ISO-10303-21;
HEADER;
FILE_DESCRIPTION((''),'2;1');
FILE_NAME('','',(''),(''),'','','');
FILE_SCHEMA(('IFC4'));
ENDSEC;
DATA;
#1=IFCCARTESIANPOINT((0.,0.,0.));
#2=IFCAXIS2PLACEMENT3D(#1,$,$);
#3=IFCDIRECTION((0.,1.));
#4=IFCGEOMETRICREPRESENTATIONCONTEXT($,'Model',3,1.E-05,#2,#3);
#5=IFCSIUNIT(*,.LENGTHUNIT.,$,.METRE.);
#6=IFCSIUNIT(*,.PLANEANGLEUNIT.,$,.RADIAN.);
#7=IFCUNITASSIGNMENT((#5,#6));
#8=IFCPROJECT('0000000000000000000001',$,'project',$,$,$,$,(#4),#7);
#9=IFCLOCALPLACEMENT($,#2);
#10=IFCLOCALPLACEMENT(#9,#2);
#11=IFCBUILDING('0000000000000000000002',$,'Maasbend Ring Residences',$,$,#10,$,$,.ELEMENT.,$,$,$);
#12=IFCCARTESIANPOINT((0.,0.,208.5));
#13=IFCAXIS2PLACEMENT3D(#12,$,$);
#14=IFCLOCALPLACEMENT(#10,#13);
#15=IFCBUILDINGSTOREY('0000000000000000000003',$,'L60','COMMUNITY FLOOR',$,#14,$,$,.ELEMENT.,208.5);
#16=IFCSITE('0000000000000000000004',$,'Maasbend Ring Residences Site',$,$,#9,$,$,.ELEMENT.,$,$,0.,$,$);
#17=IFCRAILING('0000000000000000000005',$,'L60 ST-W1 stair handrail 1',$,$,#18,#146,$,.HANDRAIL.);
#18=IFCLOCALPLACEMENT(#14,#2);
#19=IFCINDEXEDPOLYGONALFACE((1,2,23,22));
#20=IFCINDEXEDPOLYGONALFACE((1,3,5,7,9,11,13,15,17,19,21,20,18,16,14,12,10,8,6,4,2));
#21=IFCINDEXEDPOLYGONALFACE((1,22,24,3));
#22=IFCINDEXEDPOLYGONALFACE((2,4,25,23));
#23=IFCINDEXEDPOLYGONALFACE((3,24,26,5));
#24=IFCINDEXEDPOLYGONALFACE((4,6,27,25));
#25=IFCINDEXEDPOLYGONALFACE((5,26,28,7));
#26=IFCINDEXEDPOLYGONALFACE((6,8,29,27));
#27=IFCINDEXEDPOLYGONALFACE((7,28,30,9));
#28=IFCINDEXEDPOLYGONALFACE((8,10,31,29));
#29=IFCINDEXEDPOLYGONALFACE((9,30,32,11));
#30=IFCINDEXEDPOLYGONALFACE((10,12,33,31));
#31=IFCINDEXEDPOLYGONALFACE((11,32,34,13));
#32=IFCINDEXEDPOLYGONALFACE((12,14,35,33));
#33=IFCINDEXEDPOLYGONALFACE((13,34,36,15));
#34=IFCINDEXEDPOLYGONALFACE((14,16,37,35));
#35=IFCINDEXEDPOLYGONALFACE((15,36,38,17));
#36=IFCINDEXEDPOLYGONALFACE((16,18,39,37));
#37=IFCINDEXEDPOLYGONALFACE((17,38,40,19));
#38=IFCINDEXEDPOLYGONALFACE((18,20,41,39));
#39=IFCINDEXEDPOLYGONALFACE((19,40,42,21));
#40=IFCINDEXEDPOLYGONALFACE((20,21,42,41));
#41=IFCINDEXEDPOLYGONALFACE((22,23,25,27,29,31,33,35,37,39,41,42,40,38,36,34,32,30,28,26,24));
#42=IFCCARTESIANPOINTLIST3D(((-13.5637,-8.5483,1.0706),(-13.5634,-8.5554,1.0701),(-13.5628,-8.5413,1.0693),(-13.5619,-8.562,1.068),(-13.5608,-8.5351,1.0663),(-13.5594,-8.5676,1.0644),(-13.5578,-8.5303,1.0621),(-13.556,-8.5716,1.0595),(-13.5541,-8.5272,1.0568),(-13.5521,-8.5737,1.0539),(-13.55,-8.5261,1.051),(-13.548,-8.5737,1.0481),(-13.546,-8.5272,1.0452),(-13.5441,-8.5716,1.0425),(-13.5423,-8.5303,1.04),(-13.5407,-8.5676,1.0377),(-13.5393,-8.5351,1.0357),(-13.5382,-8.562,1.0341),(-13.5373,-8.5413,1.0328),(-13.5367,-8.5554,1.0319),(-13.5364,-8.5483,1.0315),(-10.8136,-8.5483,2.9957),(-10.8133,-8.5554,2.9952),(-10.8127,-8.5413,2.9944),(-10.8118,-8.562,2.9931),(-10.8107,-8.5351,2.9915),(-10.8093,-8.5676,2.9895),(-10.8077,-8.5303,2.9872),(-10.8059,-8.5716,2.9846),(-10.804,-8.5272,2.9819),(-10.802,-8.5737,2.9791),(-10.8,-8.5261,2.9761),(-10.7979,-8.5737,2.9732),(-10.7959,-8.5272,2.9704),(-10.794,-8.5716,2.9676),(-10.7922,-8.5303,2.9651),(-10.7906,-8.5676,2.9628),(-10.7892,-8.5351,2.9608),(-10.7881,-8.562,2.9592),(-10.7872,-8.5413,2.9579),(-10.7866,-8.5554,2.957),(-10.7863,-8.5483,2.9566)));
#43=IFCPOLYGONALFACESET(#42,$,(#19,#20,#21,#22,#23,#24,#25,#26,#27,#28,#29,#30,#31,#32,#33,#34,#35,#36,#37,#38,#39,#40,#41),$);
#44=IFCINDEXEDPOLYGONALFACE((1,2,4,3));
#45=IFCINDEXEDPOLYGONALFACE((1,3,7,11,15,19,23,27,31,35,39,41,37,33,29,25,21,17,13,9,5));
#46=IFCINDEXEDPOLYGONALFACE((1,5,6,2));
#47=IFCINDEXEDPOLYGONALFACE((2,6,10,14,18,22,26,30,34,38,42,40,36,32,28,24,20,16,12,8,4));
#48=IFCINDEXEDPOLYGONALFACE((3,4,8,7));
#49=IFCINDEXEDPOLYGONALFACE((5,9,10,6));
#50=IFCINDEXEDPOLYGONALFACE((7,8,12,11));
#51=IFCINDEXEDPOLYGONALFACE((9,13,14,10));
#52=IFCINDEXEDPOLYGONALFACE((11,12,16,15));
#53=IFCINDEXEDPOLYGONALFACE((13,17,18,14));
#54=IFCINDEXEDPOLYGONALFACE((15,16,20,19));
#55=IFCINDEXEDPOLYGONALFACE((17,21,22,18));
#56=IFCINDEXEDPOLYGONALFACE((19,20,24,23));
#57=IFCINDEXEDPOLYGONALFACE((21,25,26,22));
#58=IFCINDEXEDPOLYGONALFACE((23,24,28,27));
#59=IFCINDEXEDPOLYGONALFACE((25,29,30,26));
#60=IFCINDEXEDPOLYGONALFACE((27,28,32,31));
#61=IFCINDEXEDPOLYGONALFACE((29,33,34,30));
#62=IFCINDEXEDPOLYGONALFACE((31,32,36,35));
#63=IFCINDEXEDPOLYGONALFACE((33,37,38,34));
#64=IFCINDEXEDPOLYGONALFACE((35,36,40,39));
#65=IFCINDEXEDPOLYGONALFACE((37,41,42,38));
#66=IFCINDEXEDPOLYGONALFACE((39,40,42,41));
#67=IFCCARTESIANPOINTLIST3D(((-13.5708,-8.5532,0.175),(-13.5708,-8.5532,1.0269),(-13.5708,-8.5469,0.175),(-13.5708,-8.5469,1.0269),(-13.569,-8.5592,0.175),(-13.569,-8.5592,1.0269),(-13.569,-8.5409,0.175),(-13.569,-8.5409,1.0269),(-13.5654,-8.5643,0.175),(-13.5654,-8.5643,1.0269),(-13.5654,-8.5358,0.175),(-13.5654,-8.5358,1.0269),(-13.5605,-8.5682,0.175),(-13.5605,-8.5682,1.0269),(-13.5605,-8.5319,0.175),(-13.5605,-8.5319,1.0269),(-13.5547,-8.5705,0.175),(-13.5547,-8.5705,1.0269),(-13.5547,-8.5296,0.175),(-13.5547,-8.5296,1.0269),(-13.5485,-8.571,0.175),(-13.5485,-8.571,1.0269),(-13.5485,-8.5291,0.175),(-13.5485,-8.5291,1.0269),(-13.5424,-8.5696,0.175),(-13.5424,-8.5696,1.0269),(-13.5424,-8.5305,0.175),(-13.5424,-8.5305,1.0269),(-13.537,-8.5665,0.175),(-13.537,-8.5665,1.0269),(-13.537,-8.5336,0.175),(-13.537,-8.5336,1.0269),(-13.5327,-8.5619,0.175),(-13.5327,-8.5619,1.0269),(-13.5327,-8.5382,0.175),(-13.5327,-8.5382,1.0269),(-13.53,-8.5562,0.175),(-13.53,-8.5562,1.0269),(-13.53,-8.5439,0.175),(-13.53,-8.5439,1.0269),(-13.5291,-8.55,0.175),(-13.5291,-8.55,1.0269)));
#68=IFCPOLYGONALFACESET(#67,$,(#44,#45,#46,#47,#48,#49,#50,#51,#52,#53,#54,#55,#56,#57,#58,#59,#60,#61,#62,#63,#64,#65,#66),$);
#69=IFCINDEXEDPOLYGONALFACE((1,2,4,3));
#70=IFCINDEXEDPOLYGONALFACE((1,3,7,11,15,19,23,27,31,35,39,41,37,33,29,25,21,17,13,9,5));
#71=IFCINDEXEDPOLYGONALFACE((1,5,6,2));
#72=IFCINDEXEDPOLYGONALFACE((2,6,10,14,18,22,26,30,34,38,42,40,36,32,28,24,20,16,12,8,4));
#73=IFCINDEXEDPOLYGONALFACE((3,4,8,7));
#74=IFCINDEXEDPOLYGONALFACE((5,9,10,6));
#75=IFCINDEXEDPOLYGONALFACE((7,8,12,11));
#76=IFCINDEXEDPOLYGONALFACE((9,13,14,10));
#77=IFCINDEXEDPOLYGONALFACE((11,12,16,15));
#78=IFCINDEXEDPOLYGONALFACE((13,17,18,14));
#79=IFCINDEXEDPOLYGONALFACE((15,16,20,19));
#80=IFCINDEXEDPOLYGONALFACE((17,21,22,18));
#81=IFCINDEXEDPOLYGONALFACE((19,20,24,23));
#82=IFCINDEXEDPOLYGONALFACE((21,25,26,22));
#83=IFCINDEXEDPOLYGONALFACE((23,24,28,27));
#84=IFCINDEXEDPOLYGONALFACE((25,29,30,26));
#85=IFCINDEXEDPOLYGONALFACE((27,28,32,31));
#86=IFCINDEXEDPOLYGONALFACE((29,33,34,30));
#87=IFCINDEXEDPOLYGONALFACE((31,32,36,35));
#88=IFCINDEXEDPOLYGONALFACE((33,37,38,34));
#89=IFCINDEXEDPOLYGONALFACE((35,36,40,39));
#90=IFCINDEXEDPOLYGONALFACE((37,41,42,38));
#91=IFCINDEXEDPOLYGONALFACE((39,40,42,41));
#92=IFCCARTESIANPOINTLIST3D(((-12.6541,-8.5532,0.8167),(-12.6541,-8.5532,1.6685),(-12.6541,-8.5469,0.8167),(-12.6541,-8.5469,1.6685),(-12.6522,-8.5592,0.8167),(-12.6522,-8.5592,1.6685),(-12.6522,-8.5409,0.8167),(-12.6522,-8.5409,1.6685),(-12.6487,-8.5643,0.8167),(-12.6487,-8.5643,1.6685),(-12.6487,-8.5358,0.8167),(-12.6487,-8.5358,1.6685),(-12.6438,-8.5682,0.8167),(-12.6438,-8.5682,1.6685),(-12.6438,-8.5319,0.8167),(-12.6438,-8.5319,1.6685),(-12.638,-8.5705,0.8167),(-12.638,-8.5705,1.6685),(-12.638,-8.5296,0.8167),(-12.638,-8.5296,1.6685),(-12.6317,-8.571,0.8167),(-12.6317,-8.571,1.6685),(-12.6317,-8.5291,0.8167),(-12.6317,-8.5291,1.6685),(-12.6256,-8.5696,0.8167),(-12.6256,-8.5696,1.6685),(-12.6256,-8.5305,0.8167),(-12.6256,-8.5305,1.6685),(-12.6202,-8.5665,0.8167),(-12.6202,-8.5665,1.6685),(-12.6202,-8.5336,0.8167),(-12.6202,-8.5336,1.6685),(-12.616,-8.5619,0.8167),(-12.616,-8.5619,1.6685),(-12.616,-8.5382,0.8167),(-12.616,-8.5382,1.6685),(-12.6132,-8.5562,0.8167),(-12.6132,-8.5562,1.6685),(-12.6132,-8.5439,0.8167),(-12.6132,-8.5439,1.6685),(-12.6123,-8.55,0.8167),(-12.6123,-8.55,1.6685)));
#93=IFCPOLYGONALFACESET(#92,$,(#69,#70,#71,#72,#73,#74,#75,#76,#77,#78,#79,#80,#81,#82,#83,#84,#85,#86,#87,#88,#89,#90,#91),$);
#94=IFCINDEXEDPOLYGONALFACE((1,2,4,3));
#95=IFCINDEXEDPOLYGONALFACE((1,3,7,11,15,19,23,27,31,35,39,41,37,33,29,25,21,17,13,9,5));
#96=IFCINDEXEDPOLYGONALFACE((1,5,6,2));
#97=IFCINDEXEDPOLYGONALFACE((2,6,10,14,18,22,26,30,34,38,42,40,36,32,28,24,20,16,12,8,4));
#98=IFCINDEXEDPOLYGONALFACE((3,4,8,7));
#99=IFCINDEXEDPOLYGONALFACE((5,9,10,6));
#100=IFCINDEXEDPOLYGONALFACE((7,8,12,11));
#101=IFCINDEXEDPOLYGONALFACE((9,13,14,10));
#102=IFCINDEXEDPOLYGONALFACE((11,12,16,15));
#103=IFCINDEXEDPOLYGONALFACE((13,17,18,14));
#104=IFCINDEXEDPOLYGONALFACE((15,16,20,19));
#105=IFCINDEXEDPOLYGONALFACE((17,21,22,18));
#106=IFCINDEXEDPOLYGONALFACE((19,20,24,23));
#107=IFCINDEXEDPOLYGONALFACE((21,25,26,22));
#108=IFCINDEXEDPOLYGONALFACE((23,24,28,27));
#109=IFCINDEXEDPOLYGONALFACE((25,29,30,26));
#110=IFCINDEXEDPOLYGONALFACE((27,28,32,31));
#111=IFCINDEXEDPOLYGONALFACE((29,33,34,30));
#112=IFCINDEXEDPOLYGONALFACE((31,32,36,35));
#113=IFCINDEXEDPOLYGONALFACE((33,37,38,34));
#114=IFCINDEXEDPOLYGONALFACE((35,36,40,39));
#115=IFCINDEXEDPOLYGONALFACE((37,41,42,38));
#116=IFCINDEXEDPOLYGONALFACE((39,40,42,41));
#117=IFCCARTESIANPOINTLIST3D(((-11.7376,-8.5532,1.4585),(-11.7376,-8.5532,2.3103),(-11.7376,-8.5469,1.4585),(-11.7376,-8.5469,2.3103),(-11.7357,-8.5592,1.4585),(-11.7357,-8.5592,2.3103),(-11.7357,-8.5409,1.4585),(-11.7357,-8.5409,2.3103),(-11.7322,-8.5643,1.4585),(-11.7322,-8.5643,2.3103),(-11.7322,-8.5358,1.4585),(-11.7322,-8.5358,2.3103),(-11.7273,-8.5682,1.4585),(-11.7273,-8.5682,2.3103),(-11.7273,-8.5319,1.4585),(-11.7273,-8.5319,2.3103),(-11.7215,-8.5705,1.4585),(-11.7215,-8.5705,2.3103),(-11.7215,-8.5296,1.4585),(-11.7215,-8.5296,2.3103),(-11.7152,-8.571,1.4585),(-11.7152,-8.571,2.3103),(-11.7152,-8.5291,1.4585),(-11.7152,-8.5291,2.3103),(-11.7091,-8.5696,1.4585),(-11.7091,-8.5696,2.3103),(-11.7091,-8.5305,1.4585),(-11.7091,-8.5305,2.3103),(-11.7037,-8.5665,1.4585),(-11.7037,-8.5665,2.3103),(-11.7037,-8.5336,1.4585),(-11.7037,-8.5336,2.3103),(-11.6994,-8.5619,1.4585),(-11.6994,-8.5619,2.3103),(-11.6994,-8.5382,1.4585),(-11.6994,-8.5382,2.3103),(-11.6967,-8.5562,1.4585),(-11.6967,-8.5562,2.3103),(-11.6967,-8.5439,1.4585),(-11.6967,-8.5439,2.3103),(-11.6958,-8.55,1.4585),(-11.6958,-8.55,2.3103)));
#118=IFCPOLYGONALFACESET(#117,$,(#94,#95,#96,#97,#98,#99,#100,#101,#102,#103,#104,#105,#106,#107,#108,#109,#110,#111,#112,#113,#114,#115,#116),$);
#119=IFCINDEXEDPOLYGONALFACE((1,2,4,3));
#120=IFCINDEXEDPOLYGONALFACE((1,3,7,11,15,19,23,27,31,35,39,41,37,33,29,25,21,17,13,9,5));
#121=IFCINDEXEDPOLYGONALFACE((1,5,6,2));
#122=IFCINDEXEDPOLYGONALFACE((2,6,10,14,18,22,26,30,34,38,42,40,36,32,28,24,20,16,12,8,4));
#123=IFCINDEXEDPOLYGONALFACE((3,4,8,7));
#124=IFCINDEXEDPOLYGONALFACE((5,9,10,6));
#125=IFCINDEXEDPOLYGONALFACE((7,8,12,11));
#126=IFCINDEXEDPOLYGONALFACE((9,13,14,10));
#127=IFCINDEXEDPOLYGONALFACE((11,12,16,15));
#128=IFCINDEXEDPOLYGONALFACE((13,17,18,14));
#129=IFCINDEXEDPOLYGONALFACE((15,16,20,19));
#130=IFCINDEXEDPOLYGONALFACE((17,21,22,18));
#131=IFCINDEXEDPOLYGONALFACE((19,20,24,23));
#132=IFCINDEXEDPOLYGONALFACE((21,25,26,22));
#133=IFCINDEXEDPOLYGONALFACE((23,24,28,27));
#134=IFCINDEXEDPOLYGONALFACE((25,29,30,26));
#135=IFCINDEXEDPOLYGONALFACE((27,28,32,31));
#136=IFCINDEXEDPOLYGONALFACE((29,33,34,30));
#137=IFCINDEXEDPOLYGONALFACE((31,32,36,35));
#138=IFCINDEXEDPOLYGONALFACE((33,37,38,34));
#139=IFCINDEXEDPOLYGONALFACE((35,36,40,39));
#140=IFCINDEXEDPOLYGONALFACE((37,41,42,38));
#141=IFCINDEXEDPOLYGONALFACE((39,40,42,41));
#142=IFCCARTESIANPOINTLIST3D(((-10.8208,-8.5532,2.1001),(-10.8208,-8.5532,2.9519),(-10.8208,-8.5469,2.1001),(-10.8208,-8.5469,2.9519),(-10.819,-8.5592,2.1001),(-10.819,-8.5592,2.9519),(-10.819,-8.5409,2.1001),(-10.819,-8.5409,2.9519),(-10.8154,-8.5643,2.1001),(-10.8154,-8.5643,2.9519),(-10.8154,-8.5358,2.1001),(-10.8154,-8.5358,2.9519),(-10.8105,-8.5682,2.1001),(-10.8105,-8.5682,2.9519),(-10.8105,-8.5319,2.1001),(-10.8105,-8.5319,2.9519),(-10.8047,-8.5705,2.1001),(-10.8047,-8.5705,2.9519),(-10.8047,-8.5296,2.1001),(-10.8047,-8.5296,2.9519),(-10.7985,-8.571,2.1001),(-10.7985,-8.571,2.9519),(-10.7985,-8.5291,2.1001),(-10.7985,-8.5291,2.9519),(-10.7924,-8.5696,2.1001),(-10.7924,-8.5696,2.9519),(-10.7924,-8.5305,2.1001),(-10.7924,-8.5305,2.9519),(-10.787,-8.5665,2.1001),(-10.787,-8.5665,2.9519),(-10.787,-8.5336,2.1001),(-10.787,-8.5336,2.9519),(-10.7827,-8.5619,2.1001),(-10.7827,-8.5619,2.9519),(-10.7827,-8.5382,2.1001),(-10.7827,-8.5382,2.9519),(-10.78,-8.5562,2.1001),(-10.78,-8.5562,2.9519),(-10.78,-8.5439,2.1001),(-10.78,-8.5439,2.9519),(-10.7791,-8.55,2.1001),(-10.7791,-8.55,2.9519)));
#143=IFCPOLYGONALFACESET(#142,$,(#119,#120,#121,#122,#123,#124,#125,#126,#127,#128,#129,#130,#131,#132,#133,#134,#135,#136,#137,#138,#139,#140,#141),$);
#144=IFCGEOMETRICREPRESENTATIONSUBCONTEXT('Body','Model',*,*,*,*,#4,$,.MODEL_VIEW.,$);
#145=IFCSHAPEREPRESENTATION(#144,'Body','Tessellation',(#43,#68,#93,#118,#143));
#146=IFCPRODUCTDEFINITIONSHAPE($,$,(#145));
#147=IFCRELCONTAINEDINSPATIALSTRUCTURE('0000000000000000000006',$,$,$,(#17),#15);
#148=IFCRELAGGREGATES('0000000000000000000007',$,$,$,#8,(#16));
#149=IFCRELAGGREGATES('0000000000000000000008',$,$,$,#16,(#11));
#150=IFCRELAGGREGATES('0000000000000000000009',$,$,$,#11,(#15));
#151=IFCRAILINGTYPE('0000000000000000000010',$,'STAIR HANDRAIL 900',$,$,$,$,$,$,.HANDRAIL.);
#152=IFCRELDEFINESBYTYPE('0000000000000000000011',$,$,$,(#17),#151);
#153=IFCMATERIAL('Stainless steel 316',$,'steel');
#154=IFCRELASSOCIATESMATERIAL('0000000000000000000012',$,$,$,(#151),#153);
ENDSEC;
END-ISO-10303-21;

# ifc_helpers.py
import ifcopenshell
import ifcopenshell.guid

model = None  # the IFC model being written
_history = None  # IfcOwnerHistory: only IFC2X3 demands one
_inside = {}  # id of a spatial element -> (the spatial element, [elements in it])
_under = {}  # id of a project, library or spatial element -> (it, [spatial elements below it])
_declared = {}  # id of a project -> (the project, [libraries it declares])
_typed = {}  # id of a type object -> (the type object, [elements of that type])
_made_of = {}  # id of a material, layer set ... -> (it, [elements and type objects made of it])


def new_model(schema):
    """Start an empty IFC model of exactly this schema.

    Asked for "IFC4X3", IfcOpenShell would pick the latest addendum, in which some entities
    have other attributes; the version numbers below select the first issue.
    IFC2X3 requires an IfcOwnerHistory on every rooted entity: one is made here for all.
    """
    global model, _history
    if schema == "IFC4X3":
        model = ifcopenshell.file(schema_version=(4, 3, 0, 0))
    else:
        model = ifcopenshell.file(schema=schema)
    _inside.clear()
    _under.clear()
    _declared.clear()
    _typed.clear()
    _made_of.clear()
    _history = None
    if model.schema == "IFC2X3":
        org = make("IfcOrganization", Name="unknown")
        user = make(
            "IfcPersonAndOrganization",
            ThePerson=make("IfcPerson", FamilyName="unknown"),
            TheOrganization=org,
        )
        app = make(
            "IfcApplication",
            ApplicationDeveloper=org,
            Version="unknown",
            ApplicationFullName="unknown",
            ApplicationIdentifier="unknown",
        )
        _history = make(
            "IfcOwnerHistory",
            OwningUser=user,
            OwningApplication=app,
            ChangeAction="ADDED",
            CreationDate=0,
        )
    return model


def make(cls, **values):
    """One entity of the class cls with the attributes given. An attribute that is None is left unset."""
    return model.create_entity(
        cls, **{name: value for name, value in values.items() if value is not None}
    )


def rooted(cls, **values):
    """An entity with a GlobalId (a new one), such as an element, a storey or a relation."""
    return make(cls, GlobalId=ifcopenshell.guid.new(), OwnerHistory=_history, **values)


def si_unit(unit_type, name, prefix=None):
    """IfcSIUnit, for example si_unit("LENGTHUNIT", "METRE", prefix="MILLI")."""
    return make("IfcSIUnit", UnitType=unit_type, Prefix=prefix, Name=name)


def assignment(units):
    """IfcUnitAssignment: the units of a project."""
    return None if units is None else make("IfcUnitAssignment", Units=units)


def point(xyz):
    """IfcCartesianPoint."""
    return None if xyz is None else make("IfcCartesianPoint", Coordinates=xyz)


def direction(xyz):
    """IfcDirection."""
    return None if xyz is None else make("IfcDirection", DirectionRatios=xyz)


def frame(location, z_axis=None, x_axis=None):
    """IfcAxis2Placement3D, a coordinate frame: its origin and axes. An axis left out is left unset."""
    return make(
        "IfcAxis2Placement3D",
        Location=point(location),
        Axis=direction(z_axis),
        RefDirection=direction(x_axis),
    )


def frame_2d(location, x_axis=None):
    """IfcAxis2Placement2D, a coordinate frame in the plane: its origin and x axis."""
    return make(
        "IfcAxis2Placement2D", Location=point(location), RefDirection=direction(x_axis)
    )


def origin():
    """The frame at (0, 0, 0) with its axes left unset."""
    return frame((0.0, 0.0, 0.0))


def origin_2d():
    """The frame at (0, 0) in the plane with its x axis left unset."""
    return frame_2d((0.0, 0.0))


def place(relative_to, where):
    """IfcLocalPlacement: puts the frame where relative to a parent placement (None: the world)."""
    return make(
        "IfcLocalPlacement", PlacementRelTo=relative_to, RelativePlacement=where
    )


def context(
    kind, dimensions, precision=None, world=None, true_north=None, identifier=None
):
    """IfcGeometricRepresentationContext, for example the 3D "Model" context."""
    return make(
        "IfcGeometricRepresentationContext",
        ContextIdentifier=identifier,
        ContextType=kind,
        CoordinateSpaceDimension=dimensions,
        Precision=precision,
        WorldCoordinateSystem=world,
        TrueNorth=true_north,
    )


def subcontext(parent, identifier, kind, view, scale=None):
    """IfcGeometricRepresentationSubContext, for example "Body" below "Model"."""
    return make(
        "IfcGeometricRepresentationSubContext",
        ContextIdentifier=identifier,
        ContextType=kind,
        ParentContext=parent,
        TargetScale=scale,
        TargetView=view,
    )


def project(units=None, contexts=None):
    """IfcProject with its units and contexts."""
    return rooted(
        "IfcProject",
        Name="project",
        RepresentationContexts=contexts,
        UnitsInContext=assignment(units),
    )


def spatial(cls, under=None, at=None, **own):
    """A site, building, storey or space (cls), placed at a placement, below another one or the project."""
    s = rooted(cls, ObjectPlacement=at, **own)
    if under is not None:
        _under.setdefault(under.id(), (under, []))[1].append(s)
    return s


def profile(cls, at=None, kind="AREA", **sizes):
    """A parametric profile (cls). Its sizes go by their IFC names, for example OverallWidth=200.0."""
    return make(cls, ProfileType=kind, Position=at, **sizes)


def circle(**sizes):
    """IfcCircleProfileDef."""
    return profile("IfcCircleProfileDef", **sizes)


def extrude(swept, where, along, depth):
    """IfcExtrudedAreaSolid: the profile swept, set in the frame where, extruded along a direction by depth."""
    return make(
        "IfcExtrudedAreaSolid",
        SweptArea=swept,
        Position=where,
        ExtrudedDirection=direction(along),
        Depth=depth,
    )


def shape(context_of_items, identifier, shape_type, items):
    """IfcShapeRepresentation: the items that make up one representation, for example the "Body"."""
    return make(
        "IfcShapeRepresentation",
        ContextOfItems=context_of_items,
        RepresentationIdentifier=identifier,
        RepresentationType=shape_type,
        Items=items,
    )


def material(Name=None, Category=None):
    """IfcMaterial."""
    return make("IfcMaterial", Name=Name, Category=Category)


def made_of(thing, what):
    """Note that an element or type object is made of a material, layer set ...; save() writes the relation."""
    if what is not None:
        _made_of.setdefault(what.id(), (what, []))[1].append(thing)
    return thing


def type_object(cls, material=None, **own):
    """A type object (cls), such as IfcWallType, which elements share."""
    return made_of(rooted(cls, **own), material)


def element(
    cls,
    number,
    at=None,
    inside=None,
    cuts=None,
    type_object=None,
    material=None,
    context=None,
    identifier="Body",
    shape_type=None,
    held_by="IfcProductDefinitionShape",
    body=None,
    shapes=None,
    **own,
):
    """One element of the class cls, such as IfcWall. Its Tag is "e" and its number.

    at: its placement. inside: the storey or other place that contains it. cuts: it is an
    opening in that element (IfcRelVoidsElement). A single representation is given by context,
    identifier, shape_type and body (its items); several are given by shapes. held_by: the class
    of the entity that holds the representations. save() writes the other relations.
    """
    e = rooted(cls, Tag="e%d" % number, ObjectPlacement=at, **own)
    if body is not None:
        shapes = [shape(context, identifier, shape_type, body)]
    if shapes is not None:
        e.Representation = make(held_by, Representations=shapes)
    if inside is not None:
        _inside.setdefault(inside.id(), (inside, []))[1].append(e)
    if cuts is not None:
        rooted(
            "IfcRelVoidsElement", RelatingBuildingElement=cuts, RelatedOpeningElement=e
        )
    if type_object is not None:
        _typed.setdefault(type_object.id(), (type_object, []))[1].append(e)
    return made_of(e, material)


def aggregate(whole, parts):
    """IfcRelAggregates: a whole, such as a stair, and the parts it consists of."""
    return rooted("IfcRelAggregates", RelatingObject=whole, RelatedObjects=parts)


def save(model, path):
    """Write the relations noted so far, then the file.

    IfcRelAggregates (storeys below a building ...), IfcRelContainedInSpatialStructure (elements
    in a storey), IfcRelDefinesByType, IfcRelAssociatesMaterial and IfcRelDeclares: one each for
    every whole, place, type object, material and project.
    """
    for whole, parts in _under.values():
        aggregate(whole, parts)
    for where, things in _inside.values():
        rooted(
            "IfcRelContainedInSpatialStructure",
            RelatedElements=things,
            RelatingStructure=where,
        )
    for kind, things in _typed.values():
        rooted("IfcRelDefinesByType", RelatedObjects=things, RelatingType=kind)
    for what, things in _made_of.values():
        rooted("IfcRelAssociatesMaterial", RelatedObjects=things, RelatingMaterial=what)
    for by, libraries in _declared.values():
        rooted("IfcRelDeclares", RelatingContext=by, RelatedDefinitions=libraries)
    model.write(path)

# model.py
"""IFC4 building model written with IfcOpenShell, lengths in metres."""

from ifc_helpers import new_model, si_unit, direction, frame, origin, origin_2d, place, context, subcontext, project, spatial, circle, extrude, material, type_object, element, save


model = new_model("IFC4")

# Units and contexts
model_context = context("Model", 3, precision=1e-05, world=origin(), true_north=direction((0.0, 1.0)))
body_context = subcontext(model_context, "Body", "Model", "MODEL_VIEW")
ifc_project = project(units=[si_unit("LENGTHUNIT", "METRE"), si_unit("PLANEANGLEUNIT", "RADIAN")], contexts=[model_context])

# Site, building, storey
site_placement = place(None, origin())
site = spatial("IfcSite", under=ifc_project, at=site_placement, Name="Maasbend Ring Residences Site", CompositionType="ELEMENT", RefElevation=0.0)
building_placement = place(site_placement, origin())
building = spatial("IfcBuilding", under=site, at=building_placement, Name="Maasbend Ring Residences", CompositionType="ELEMENT")
storey_placement = place(building_placement, frame((0.0, 0.0, 208.5)))
storey = spatial("IfcBuildingStorey", under=building, at=storey_placement, Name="L60", Description="COMMUNITY FLOOR", CompositionType="ELEMENT", Elevation=208.5)

# Railing
ifc_material_1 = material(Name="Stainless steel 316", Category="steel")
railing_type_1 = type_object("IfcRailingType", Name="STAIR HANDRAIL 900", PredefinedType="HANDRAIL", material=ifc_material_1)
railing_1_placement = place(storey_placement, frame((-13.55, -8.55, 0.175)))
element("IfcRailing", 1, at=railing_1_placement, inside=storey, type_object=railing_type_1, Name="L60 ST-W1 stair handrail 1", PredefinedType="HANDRAIL", context=body_context, shape_type="SweptSolid", body=[
    extrude(circle(Radius=0.0239, at=origin_2d()), frame((0.0, 0.0, 0.876), z_axis=(0.819225, 0.0, 0.573472), x_axis=(0.0, 1.0, 0.0)), (0.0, 0.0, 1.0), 3.3569),
    extrude(circle(Radius=0.021, at=origin_2d()), origin(), (0.0, 0.0, 1.0), 0.8518),
    extrude(circle(Radius=0.021, at=origin_2d()), frame((0.9167, 0.0, 0.6416)), (0.0, 0.0, 1.0), 0.8518),
    extrude(circle(Radius=0.021, at=origin_2d()), frame((1.8333, 0.0, 1.2834)), (0.0, 0.0, 1.0), 0.8518),
    extrude(circle(Radius=0.021, at=origin_2d()), frame((2.75, 0.0, 1.925)), (0.0, 0.0, 1.0), 0.8518),
])

save(model, "model.ifc")
